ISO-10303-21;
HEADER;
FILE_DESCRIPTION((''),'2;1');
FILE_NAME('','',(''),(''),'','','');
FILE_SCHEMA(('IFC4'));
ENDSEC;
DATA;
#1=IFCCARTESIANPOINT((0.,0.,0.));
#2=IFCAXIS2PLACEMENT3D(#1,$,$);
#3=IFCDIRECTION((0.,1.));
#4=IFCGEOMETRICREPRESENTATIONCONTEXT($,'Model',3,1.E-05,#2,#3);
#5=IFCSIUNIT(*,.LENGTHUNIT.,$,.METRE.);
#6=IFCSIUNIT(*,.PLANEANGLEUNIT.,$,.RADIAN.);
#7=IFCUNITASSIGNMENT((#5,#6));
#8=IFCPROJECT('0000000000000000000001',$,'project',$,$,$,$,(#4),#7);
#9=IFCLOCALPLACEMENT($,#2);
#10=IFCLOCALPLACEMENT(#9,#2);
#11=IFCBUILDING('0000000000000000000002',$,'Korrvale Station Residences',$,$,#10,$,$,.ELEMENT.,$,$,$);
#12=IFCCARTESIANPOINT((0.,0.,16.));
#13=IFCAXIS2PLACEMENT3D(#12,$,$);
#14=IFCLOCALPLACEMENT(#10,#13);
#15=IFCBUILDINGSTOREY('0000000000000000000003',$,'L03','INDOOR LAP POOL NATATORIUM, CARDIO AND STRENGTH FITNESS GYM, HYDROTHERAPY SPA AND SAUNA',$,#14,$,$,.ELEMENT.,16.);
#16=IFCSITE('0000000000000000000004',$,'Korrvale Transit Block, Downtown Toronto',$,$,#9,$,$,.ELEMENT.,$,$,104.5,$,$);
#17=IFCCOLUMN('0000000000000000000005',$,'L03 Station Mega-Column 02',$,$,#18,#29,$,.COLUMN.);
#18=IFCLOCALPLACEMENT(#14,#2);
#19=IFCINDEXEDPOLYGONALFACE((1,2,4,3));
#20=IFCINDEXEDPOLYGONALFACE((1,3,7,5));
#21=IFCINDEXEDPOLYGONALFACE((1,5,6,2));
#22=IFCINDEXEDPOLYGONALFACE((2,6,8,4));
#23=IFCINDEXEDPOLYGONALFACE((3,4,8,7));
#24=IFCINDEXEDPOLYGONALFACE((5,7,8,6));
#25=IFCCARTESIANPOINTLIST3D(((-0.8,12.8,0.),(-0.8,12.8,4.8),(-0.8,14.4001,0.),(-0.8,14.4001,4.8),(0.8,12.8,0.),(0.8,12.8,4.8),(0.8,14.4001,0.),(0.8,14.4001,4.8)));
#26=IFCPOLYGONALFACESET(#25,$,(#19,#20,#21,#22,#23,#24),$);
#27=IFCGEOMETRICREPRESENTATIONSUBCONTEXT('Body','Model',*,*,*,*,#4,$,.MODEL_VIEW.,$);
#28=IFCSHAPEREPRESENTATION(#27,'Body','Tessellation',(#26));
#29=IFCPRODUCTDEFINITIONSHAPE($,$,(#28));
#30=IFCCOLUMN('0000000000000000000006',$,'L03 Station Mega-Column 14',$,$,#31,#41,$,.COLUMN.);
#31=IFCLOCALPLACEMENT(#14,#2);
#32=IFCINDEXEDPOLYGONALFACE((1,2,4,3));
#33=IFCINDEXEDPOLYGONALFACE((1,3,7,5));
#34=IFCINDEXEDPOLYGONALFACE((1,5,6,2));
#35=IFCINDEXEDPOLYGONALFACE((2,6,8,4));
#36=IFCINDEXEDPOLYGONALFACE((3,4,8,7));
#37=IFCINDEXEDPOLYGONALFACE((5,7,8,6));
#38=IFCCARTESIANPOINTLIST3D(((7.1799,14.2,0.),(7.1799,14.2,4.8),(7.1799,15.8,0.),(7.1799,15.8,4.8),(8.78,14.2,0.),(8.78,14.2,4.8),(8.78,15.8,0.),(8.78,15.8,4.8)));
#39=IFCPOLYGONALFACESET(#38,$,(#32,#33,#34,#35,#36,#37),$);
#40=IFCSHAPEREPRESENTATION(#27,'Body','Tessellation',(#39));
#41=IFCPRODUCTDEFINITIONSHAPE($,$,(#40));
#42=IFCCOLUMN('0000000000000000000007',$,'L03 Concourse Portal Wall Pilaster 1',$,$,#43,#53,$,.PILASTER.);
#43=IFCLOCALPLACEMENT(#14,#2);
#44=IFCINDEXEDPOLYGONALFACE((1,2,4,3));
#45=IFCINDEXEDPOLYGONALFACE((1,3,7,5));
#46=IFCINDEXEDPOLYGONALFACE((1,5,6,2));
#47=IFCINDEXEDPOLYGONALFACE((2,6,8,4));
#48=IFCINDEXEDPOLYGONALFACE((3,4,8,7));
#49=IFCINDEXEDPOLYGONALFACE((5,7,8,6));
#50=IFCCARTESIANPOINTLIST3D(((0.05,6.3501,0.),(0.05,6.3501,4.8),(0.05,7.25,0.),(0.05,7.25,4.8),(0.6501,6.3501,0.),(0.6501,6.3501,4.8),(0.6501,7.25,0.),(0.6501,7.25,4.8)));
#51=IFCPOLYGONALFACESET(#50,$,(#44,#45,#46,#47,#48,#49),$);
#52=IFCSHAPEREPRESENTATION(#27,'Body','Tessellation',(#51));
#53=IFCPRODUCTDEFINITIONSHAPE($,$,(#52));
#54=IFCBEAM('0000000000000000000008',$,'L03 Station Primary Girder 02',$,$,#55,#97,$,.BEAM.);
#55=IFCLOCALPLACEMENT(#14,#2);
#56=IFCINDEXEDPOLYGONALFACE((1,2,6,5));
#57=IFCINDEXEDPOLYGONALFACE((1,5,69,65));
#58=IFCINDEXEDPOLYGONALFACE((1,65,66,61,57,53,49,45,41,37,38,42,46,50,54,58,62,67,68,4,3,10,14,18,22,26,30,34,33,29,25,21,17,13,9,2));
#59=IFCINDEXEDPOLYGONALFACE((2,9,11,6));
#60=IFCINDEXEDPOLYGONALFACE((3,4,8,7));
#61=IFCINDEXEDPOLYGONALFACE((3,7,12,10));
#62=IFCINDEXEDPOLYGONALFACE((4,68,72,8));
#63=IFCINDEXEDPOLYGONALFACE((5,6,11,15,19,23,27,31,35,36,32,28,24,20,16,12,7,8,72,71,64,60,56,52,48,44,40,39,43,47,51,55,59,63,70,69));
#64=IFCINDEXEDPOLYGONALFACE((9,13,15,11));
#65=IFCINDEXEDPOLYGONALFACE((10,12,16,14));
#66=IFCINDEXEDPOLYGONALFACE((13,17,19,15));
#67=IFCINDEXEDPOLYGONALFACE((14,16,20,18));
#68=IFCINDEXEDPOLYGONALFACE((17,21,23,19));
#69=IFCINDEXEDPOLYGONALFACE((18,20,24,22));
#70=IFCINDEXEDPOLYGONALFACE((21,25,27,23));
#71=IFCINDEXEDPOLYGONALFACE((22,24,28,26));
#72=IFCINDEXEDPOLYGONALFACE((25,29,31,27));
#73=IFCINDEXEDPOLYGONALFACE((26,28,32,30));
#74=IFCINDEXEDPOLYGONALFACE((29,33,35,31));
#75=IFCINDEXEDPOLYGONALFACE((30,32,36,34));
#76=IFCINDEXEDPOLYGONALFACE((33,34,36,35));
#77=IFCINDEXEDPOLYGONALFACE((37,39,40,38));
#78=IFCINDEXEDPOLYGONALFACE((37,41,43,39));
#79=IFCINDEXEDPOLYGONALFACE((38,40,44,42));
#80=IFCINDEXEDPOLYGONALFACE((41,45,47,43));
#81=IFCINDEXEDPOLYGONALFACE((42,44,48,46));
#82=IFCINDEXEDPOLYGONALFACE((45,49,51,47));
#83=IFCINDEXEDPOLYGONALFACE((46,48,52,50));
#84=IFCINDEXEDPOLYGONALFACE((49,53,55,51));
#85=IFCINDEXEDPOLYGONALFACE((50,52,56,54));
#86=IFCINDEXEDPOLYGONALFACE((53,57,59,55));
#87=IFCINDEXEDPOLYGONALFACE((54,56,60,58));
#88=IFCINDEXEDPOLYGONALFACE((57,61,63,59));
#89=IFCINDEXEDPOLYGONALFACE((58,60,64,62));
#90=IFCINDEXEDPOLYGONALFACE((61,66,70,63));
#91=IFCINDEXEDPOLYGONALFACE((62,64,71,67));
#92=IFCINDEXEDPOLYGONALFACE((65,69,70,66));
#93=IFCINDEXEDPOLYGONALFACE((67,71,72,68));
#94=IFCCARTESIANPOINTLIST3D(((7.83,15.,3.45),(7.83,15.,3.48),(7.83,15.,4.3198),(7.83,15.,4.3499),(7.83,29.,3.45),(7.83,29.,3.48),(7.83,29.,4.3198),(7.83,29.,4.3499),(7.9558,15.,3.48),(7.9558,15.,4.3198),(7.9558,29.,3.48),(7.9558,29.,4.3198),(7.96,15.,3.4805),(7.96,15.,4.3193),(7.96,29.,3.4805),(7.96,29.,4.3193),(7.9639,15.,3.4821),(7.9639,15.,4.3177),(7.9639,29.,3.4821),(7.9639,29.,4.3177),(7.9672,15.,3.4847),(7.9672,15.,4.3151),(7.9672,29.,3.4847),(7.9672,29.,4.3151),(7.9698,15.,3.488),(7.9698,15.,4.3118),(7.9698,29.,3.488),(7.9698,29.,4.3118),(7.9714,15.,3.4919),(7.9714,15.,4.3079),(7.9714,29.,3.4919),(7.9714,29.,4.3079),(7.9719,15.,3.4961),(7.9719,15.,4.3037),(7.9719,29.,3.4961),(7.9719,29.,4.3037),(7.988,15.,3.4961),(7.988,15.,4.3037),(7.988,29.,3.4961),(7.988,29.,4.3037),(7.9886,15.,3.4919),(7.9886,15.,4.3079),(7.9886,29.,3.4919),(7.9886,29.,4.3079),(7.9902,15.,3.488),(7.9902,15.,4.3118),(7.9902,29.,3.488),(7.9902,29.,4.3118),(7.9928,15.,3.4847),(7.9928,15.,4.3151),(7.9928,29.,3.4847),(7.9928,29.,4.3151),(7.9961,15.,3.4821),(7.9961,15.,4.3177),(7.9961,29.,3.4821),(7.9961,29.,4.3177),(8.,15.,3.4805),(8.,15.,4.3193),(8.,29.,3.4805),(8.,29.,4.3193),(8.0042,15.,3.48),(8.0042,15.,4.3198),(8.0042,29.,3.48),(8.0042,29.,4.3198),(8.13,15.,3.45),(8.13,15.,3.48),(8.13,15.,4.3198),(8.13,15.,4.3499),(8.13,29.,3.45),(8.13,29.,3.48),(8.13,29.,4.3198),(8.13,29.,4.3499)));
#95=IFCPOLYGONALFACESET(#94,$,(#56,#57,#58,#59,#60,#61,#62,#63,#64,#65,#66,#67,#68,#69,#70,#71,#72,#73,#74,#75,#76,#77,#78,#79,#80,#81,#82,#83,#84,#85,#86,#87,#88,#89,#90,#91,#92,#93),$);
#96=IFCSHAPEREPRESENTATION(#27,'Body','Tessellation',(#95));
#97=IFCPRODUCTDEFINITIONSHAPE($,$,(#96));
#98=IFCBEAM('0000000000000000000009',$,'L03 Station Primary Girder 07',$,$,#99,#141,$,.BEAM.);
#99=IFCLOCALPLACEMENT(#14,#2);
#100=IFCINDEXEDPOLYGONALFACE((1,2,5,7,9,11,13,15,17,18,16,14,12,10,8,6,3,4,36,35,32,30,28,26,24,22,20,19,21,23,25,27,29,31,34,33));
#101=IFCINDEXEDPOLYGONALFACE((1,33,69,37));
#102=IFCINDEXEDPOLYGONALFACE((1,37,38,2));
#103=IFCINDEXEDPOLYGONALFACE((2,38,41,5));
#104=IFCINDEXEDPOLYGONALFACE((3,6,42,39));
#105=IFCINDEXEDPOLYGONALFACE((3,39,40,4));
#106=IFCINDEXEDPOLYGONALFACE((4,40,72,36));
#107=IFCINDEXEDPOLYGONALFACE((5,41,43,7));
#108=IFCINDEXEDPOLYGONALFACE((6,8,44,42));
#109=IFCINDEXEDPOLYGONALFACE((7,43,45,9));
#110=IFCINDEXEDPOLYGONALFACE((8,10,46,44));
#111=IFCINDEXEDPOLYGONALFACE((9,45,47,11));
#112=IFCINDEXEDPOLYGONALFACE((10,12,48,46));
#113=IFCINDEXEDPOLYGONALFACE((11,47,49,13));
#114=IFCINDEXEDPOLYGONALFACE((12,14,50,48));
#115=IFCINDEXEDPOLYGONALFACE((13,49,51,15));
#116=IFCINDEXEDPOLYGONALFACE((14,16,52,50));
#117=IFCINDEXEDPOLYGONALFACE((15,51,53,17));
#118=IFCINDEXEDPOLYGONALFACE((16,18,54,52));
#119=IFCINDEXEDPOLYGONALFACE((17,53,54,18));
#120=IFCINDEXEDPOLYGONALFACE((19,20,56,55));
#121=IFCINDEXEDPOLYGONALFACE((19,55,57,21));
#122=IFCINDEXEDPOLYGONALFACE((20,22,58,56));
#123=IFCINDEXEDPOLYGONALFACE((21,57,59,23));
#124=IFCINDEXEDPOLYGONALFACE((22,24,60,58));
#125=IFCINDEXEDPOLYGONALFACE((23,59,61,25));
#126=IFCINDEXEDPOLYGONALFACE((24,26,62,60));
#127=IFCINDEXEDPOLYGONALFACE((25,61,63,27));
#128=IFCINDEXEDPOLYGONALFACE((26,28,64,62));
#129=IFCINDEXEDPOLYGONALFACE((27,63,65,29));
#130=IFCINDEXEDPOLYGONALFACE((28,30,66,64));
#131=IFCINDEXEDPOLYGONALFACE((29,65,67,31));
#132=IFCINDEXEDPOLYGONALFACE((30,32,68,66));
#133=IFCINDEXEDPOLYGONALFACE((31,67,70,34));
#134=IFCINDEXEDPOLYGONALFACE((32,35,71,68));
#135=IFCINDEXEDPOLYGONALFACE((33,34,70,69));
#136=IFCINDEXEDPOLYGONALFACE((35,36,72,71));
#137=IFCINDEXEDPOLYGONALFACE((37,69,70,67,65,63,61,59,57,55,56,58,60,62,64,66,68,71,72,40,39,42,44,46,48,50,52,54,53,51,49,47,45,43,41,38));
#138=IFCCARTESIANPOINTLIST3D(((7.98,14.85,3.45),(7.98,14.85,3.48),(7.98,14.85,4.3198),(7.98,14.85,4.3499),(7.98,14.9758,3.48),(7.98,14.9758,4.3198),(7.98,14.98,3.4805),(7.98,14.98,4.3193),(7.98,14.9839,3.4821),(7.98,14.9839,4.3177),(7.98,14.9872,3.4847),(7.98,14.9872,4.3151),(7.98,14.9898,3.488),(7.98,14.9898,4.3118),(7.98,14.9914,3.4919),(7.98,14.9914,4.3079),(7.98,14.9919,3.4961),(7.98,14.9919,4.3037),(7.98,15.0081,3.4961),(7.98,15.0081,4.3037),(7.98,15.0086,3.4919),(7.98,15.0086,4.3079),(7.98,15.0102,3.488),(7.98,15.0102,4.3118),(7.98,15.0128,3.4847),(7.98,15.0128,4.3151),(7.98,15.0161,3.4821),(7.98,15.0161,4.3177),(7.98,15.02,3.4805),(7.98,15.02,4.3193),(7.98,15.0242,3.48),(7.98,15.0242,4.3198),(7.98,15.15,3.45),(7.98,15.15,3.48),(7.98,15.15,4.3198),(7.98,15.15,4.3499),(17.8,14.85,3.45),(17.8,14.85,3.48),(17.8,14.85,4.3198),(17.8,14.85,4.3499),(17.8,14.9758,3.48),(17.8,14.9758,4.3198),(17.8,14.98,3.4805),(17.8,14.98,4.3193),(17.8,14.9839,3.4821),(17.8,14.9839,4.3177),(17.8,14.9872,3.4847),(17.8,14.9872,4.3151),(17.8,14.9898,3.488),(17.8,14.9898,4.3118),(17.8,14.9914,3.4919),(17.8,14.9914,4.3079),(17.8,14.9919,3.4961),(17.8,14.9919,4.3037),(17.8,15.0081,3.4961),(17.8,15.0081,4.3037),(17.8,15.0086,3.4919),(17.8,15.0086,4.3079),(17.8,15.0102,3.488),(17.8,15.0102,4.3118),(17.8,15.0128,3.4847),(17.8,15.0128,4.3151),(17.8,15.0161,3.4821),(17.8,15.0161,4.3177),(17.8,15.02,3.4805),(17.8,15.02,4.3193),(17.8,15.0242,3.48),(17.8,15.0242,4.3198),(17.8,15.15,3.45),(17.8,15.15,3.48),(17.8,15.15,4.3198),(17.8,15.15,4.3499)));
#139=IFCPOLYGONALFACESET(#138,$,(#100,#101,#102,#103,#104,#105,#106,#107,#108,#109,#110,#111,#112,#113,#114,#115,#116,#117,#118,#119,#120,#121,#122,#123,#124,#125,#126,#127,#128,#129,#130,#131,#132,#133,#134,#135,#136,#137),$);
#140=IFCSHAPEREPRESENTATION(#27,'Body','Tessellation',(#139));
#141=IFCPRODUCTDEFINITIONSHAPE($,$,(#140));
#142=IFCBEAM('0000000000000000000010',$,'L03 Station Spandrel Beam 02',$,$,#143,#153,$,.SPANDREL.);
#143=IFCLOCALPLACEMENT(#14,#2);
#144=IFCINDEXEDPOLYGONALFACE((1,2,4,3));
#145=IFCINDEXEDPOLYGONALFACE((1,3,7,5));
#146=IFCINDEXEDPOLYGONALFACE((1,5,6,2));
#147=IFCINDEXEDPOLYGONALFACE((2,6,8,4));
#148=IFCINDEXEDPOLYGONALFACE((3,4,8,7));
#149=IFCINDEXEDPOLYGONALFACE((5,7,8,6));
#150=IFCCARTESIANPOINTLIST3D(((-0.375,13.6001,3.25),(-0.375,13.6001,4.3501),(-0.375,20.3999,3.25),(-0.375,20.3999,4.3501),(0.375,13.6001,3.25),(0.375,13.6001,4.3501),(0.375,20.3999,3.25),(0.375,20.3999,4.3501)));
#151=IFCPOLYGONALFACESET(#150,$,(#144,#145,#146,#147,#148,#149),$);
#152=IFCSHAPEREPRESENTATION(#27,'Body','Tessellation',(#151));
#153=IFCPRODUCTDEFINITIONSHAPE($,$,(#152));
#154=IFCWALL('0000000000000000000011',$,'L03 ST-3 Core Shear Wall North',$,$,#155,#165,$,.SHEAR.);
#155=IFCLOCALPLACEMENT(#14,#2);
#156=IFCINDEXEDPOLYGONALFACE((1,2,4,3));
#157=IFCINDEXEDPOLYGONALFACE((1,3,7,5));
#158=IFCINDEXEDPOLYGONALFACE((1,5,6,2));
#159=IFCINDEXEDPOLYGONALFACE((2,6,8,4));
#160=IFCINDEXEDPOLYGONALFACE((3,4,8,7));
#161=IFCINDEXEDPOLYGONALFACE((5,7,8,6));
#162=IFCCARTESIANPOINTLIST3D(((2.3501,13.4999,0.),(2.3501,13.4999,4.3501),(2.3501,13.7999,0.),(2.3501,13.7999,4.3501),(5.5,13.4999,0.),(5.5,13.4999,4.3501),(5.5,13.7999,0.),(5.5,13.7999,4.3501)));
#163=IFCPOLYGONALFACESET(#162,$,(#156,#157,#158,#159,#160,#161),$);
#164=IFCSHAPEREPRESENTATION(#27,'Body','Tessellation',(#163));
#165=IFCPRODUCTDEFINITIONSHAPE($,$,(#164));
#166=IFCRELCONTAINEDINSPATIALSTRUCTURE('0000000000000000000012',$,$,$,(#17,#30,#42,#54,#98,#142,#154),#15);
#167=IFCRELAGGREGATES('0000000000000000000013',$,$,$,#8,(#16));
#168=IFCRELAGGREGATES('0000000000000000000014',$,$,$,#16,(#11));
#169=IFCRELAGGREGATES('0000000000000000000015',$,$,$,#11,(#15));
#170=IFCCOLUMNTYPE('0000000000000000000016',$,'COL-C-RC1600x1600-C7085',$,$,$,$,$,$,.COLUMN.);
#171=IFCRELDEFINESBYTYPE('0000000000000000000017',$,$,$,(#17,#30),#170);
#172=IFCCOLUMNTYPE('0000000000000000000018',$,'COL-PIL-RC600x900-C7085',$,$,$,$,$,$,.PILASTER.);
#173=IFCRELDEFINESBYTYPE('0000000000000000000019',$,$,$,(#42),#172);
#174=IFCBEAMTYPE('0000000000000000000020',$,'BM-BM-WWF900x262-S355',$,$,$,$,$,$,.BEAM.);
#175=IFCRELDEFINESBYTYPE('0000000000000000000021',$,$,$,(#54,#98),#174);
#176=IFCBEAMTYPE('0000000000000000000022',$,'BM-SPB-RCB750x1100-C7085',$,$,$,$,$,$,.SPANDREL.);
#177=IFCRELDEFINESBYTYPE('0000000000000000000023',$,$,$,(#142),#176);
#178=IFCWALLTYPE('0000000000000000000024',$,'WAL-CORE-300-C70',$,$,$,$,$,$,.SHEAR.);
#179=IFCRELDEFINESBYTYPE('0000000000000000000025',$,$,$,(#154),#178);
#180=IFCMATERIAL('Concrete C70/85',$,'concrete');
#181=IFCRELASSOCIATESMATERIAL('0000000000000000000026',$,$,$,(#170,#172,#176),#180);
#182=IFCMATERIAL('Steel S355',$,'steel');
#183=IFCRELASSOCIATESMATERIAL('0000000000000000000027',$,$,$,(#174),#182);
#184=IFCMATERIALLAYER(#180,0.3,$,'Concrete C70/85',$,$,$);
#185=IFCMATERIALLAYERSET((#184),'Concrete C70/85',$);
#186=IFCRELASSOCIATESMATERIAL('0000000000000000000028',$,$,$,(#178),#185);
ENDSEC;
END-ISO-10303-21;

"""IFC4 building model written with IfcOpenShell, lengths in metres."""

from ifc_helpers import new_model, si_unit, direction, frame, frame_2d, origin, origin_2d, place, context, subcontext, project, spatial, rectangle, i_section, extrude, material, layer, layer_set, material_profile, profile_set, type_object, element, save


model = new_model("IFC4")

# Units and contexts
model_context = context("Model", 3, precision=1e-05, world=origin(), true_north=direction((0.0, 1.0)))
body_context = subcontext(model_context, "Body", "Model", "MODEL_VIEW")
ifc_project = project(units=[si_unit("LENGTHUNIT", "METRE"), si_unit("PLANEANGLEUNIT", "RADIAN")], contexts=[model_context])

# Site, building, storey
site_placement = place(None, origin())
site = spatial("IfcSite", under=ifc_project, at=site_placement, Name="Korrvale Transit Block, Downtown Toronto", CompositionType="ELEMENT", RefElevation=104.5)
building_placement = place(site_placement, origin())
building = spatial("IfcBuilding", under=site, at=building_placement, Name="Korrvale Station Residences", CompositionType="ELEMENT")
storey_placement = place(building_placement, frame((0.0, 0.0, 16.0)))
storey = spatial("IfcBuildingStorey", under=building, at=storey_placement, Name="L03", Description="INDOOR LAP POOL NATATORIUM, CARDIO AND STRENGTH FITNESS GYM, HYDROTHERAPY SPA AND SAUNA", CompositionType="ELEMENT", Elevation=16.0)

# Columns
ifc_material_1 = material(Name="Concrete C70/85", Category="concrete")
ifc_material_profile_1 = material_profile(ifc_material_1, rectangle(XDim=1.6001, YDim=1.6001, at=origin_2d()), Name="RC1600x1600")
ifc_profile_set_1 = profile_set([ifc_material_profile_1], Name="Concrete C70/85")
column_type_1 = type_object("IfcColumnType", Name="COL-C-RC1600x1600-C7085", PredefinedType="COLUMN", material=ifc_profile_set_1)
for number, where, z_axis, x_axis, name in (
    (1, (0.0, 13.6001, 0.0), (0.0, 0.0, 1.0), (1.0, 0.0, 0.0), "L03 Station Mega-Column 02"),
    (2, (7.98, 15.0, 0.0), (0.0, 0.0, 1.0), (1.0, 0.0, 0.0), "L03 Station Mega-Column 14"),
):
    element("IfcColumn", number, at=place(storey_placement, frame(where, z_axis=z_axis, x_axis=x_axis)), inside=storey, type_object=column_type_1, Name=name, PredefinedType="COLUMN", context=body_context, shape_type="SweptSolid", body=[
        extrude(rectangle(XDim=1.6001, YDim=1.6001, at=origin_2d()), origin(), (0.0, 0.0, 1.0), 4.8),
    ])
ifc_material_profile_2 = material_profile(ifc_material_1, rectangle(XDim=0.6001, YDim=0.8999, at=origin_2d()), Name="RC600x900")
ifc_profile_set_2 = profile_set([ifc_material_profile_2], Name="Concrete C70/85")
column_type_2 = type_object("IfcColumnType", Name="COL-PIL-RC600x900-C7085", PredefinedType="PILASTER", material=ifc_profile_set_2)
column_placement = place(storey_placement, frame((0.3501, 6.8, 0.0), z_axis=(0.0, 0.0, 1.0), x_axis=(1.0, 0.0, 0.0)))
element("IfcColumn", 3, at=column_placement, inside=storey, type_object=column_type_2, Name="L03 Concourse Portal Wall Pilaster 1", PredefinedType="PILASTER", context=body_context, shape_type="SweptSolid", body=[
    extrude(rectangle(XDim=0.6001, YDim=0.8999, at=origin_2d()), origin(), (0.0, 0.0, 1.0), 4.8),
])

# Beams
ifc_material_2 = material(Name="Steel S355", Category="steel")
ifc_material_profile_3 = material_profile(ifc_material_2, i_section(OverallWidth=0.3, OverallDepth=0.8999, WebThickness=0.0161, FlangeThickness=0.03, FilletRadius=0.0161, at=origin_2d()), Name="WWF900x262")
ifc_profile_set_3 = profile_set([ifc_material_profile_3], Name="Steel S355")
beam_type_1 = type_object("IfcBeamType", Name="BM-BM-WWF900x262-S355", PredefinedType="BEAM", material=ifc_profile_set_3)
beam_1_placement = place(storey_placement, frame((7.98, 15.0, 3.8999), z_axis=(0.0, 1.0, 0.0), x_axis=(-1.0, 0.0, 0.0)))
element("IfcBeam", 4, at=beam_1_placement, inside=storey, type_object=beam_type_1, Name="L03 Station Primary Girder 02", PredefinedType="BEAM", context=body_context, shape_type="SweptSolid", body=[
    extrude(i_section(OverallWidth=0.3, OverallDepth=0.8999, WebThickness=0.0161, FlangeThickness=0.03, FilletRadius=0.0161, at=origin_2d()), origin(), (0.0, 0.0, 1.0), 14.0),
])
beam_2_placement = place(storey_placement, frame((7.98, 15.0, 3.8999), z_axis=(1.0, 0.0, 0.0), x_axis=(0.0, 1.0, 0.0)))
element("IfcBeam", 5, at=beam_2_placement, inside=storey, type_object=beam_type_1, Name="L03 Station Primary Girder 07", PredefinedType="BEAM", context=body_context, shape_type="SweptSolid", body=[
    extrude(i_section(OverallWidth=0.3, OverallDepth=0.8999, WebThickness=0.0161, FlangeThickness=0.03, FilletRadius=0.0161, at=origin_2d()), origin(), (0.0, 0.0, 1.0), 9.8201),
])
ifc_material_profile_4 = material_profile(ifc_material_1, rectangle(XDim=0.75, YDim=1.1001, at=origin_2d()), Name="RCB750x1100")
ifc_profile_set_4 = profile_set([ifc_material_profile_4], Name="Concrete C70/85")
beam_type_2 = type_object("IfcBeamType", Name="BM-SPB-RCB750x1100-C7085", PredefinedType="SPANDREL", material=ifc_profile_set_4)
beam_3_placement = place(storey_placement, frame((0.0, 13.6001, 3.8), z_axis=(0.0, 1.0, 0.0), x_axis=(-1.0, 0.0, 0.0)))
element("IfcBeam", 6, at=beam_3_placement, inside=storey, type_object=beam_type_2, Name="L03 Station Spandrel Beam 02", PredefinedType="SPANDREL", context=body_context, shape_type="SweptSolid", body=[
    extrude(rectangle(XDim=0.75, YDim=1.1001, at=origin_2d()), origin(), (0.0, 0.0, 1.0), 6.7998),
])

# Wall
ifc_layer_1 = layer(ifc_material_1, 0.3, Name="Concrete C70/85")
ifc_layer_set_1 = layer_set([ifc_layer_1], Name="Concrete C70/85")
wall_type_1 = type_object("IfcWallType", Name="WAL-CORE-300-C70", PredefinedType="SHEAR", material=ifc_layer_set_1)
wall_1_placement = place(storey_placement, frame((2.3501, 13.6499, 0.0), z_axis=(0.0, 0.0, 1.0), x_axis=(1.0, 0.0, 0.0)))
element("IfcWall", 7, at=wall_1_placement, inside=storey, type_object=wall_type_1, Name="L03 ST-3 Core Shear Wall North", PredefinedType="SHEAR", context=body_context, shape_type="SweptSolid", body=[
    extrude(rectangle(XDim=3.1499, YDim=0.3, at=frame_2d((1.575, 0.0))), origin(), (0.0, 0.0, 1.0), 4.3501),
])

save(model, "model.ifc")
